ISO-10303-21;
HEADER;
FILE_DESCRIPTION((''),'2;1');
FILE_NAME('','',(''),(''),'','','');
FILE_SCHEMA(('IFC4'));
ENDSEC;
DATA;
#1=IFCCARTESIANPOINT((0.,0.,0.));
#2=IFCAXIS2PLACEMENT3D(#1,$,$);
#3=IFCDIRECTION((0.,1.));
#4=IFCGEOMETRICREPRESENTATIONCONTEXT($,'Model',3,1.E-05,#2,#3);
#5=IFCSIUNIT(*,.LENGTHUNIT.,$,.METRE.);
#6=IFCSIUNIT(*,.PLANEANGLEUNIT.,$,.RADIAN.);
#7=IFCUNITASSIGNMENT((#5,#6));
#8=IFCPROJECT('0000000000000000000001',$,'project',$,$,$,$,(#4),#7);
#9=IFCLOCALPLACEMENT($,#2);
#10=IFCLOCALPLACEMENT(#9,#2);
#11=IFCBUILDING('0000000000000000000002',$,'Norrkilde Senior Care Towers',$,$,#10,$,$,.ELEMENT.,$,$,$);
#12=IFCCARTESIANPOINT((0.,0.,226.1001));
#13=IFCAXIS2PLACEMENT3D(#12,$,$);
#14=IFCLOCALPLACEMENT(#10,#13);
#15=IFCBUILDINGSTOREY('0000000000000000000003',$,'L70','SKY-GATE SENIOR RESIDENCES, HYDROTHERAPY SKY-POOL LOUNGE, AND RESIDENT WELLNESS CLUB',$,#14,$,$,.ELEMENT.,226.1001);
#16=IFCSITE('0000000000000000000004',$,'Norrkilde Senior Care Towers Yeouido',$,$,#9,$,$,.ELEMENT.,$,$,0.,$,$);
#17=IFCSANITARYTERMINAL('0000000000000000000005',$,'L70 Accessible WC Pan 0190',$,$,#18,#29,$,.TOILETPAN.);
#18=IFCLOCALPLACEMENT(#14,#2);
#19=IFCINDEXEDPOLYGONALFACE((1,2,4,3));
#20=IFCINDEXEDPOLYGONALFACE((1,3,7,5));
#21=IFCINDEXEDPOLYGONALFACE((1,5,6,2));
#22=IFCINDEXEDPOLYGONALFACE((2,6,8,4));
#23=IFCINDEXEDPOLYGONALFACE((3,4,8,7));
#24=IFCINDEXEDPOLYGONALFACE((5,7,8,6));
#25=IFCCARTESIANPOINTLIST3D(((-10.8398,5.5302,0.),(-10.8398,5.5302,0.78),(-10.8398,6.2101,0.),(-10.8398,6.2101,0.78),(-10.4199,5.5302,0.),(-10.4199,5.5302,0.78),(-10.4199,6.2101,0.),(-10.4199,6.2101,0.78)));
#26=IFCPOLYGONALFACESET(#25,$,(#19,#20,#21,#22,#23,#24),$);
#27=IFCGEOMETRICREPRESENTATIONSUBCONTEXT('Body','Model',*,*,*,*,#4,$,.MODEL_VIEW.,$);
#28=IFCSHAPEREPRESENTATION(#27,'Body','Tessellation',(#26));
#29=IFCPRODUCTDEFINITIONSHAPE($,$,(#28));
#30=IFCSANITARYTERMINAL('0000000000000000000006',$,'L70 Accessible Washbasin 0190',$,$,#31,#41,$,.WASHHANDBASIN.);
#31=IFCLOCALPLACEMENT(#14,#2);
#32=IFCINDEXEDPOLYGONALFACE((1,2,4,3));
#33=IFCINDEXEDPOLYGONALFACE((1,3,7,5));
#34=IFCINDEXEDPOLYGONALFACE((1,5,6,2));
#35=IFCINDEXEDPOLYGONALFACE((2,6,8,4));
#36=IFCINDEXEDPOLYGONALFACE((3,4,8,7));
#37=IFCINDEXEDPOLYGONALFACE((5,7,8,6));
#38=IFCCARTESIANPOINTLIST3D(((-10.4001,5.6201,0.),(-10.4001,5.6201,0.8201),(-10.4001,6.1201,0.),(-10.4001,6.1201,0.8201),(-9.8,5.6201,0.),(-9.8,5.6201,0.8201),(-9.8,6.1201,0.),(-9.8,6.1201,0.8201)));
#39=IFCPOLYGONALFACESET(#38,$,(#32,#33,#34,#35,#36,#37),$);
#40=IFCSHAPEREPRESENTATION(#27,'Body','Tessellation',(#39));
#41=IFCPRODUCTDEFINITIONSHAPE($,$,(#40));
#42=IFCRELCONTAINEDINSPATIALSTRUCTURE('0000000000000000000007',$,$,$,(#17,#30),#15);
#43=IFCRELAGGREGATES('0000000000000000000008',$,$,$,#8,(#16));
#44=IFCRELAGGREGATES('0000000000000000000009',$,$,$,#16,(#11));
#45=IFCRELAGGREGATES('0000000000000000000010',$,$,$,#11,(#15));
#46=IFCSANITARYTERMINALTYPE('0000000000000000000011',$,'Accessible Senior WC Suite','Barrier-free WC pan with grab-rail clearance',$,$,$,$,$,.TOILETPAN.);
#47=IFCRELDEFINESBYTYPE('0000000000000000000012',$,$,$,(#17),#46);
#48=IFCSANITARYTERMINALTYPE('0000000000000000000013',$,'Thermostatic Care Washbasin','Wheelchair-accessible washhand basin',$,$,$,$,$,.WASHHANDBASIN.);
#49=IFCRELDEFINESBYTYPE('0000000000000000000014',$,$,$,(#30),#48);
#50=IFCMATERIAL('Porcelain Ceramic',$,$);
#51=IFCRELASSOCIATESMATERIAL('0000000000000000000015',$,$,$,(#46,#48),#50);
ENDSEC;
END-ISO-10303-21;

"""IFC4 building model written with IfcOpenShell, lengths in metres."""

from ifc_helpers import new_model, si_unit, direction, frame, origin, origin_2d, place, context, subcontext, project, spatial, rectangle, extrude, source, transform, mapped, material, type_object, type_shapes, element, save


model = new_model("IFC4")

# Units and contexts
model_context = context("Model", 3, precision=1e-05, world=origin(), true_north=direction((0.0, 1.0)))
body_context = subcontext(model_context, "Body", "Model", "MODEL_VIEW")
ifc_project = project(units=[si_unit("LENGTHUNIT", "METRE"), si_unit("PLANEANGLEUNIT", "RADIAN")], contexts=[model_context])

# Site, building, storey
site_placement = place(None, origin())
site = spatial("IfcSite", under=ifc_project, at=site_placement, Name="Norrkilde Senior Care Towers Yeouido", CompositionType="ELEMENT", RefElevation=0.0)
building_placement = place(site_placement, origin())
building = spatial("IfcBuilding", under=site, at=building_placement, Name="Norrkilde Senior Care Towers", CompositionType="ELEMENT")
storey_placement = place(building_placement, frame((0.0, 0.0, 226.1001)))
storey = spatial("IfcBuildingStorey", under=building, at=storey_placement, Name="L70", Description="SKY-GATE SENIOR RESIDENCES, HYDROTHERAPY SKY-POOL LOUNGE, AND RESIDENT WELLNESS CLUB", CompositionType="ELEMENT", Elevation=226.1001)

# Sanitary terminals
ifc_material_1 = material(Name="Porcelain Ceramic")
sanitary_terminal_type_1 = type_object("IfcSanitaryTerminalType", Name="Accessible Senior WC Suite", Description="Barrier-free WC pan with grab-rail clearance", PredefinedType="TOILETPAN", material=ifc_material_1)
shared_shape_1 = source(origin(), body_context, "Body", "SweptSolid", [
    extrude(rectangle(XDim=0.4199, YDim=0.6799, at=origin_2d()), origin(), (0.0, 0.0, 1.0), 0.78),
])
type_shapes(sanitary_terminal_type_1, [shared_shape_1])
sanitary_terminal_1_placement = place(storey_placement, frame((-10.6299, 5.8701, 0.0), z_axis=(0.0, 0.0, 1.0), x_axis=(1.0, 0.0, 0.0)))
element("IfcSanitaryTerminal", 1, at=sanitary_terminal_1_placement, inside=storey, type_object=sanitary_terminal_type_1, Name="L70 Accessible WC Pan 0190", PredefinedType="TOILETPAN", context=body_context, shape_type="MappedRepresentation", body=[
    mapped(shared_shape_1, transform((0.0, 0.0, 0.0), x_axis=(1.0, 0.0, 0.0), y_axis=(0.0, 1.0, 0.0), z_axis=(0.0, 0.0, 1.0), scale=1.0)),
])
sanitary_terminal_type_2 = type_object("IfcSanitaryTerminalType", Name="Thermostatic Care Washbasin", Description="Wheelchair-accessible washhand basin", PredefinedType="WASHHANDBASIN", material=ifc_material_1)
shared_shape_2 = source(origin(), body_context, "Body", "SweptSolid", [
    extrude(rectangle(XDim=0.6001, YDim=0.5, at=origin_2d()), origin(), (0.0, 0.0, 1.0), 0.8201),
])
type_shapes(sanitary_terminal_type_2, [shared_shape_2])
sanitary_terminal_2_placement = place(storey_placement, frame((-10.1001, 5.8701, 0.0), z_axis=(0.0, 0.0, 1.0), x_axis=(1.0, 0.0, 0.0)))
element("IfcSanitaryTerminal", 2, at=sanitary_terminal_2_placement, inside=storey, type_object=sanitary_terminal_type_2, Name="L70 Accessible Washbasin 0190", PredefinedType="WASHHANDBASIN", context=body_context, shape_type="MappedRepresentation", body=[
    mapped(shared_shape_2, transform((0.0, 0.0, 0.0), x_axis=(1.0, 0.0, 0.0), y_axis=(0.0, 1.0, 0.0), z_axis=(0.0, 0.0, 1.0), scale=1.0)),
])

save(model, "model.ifc")
